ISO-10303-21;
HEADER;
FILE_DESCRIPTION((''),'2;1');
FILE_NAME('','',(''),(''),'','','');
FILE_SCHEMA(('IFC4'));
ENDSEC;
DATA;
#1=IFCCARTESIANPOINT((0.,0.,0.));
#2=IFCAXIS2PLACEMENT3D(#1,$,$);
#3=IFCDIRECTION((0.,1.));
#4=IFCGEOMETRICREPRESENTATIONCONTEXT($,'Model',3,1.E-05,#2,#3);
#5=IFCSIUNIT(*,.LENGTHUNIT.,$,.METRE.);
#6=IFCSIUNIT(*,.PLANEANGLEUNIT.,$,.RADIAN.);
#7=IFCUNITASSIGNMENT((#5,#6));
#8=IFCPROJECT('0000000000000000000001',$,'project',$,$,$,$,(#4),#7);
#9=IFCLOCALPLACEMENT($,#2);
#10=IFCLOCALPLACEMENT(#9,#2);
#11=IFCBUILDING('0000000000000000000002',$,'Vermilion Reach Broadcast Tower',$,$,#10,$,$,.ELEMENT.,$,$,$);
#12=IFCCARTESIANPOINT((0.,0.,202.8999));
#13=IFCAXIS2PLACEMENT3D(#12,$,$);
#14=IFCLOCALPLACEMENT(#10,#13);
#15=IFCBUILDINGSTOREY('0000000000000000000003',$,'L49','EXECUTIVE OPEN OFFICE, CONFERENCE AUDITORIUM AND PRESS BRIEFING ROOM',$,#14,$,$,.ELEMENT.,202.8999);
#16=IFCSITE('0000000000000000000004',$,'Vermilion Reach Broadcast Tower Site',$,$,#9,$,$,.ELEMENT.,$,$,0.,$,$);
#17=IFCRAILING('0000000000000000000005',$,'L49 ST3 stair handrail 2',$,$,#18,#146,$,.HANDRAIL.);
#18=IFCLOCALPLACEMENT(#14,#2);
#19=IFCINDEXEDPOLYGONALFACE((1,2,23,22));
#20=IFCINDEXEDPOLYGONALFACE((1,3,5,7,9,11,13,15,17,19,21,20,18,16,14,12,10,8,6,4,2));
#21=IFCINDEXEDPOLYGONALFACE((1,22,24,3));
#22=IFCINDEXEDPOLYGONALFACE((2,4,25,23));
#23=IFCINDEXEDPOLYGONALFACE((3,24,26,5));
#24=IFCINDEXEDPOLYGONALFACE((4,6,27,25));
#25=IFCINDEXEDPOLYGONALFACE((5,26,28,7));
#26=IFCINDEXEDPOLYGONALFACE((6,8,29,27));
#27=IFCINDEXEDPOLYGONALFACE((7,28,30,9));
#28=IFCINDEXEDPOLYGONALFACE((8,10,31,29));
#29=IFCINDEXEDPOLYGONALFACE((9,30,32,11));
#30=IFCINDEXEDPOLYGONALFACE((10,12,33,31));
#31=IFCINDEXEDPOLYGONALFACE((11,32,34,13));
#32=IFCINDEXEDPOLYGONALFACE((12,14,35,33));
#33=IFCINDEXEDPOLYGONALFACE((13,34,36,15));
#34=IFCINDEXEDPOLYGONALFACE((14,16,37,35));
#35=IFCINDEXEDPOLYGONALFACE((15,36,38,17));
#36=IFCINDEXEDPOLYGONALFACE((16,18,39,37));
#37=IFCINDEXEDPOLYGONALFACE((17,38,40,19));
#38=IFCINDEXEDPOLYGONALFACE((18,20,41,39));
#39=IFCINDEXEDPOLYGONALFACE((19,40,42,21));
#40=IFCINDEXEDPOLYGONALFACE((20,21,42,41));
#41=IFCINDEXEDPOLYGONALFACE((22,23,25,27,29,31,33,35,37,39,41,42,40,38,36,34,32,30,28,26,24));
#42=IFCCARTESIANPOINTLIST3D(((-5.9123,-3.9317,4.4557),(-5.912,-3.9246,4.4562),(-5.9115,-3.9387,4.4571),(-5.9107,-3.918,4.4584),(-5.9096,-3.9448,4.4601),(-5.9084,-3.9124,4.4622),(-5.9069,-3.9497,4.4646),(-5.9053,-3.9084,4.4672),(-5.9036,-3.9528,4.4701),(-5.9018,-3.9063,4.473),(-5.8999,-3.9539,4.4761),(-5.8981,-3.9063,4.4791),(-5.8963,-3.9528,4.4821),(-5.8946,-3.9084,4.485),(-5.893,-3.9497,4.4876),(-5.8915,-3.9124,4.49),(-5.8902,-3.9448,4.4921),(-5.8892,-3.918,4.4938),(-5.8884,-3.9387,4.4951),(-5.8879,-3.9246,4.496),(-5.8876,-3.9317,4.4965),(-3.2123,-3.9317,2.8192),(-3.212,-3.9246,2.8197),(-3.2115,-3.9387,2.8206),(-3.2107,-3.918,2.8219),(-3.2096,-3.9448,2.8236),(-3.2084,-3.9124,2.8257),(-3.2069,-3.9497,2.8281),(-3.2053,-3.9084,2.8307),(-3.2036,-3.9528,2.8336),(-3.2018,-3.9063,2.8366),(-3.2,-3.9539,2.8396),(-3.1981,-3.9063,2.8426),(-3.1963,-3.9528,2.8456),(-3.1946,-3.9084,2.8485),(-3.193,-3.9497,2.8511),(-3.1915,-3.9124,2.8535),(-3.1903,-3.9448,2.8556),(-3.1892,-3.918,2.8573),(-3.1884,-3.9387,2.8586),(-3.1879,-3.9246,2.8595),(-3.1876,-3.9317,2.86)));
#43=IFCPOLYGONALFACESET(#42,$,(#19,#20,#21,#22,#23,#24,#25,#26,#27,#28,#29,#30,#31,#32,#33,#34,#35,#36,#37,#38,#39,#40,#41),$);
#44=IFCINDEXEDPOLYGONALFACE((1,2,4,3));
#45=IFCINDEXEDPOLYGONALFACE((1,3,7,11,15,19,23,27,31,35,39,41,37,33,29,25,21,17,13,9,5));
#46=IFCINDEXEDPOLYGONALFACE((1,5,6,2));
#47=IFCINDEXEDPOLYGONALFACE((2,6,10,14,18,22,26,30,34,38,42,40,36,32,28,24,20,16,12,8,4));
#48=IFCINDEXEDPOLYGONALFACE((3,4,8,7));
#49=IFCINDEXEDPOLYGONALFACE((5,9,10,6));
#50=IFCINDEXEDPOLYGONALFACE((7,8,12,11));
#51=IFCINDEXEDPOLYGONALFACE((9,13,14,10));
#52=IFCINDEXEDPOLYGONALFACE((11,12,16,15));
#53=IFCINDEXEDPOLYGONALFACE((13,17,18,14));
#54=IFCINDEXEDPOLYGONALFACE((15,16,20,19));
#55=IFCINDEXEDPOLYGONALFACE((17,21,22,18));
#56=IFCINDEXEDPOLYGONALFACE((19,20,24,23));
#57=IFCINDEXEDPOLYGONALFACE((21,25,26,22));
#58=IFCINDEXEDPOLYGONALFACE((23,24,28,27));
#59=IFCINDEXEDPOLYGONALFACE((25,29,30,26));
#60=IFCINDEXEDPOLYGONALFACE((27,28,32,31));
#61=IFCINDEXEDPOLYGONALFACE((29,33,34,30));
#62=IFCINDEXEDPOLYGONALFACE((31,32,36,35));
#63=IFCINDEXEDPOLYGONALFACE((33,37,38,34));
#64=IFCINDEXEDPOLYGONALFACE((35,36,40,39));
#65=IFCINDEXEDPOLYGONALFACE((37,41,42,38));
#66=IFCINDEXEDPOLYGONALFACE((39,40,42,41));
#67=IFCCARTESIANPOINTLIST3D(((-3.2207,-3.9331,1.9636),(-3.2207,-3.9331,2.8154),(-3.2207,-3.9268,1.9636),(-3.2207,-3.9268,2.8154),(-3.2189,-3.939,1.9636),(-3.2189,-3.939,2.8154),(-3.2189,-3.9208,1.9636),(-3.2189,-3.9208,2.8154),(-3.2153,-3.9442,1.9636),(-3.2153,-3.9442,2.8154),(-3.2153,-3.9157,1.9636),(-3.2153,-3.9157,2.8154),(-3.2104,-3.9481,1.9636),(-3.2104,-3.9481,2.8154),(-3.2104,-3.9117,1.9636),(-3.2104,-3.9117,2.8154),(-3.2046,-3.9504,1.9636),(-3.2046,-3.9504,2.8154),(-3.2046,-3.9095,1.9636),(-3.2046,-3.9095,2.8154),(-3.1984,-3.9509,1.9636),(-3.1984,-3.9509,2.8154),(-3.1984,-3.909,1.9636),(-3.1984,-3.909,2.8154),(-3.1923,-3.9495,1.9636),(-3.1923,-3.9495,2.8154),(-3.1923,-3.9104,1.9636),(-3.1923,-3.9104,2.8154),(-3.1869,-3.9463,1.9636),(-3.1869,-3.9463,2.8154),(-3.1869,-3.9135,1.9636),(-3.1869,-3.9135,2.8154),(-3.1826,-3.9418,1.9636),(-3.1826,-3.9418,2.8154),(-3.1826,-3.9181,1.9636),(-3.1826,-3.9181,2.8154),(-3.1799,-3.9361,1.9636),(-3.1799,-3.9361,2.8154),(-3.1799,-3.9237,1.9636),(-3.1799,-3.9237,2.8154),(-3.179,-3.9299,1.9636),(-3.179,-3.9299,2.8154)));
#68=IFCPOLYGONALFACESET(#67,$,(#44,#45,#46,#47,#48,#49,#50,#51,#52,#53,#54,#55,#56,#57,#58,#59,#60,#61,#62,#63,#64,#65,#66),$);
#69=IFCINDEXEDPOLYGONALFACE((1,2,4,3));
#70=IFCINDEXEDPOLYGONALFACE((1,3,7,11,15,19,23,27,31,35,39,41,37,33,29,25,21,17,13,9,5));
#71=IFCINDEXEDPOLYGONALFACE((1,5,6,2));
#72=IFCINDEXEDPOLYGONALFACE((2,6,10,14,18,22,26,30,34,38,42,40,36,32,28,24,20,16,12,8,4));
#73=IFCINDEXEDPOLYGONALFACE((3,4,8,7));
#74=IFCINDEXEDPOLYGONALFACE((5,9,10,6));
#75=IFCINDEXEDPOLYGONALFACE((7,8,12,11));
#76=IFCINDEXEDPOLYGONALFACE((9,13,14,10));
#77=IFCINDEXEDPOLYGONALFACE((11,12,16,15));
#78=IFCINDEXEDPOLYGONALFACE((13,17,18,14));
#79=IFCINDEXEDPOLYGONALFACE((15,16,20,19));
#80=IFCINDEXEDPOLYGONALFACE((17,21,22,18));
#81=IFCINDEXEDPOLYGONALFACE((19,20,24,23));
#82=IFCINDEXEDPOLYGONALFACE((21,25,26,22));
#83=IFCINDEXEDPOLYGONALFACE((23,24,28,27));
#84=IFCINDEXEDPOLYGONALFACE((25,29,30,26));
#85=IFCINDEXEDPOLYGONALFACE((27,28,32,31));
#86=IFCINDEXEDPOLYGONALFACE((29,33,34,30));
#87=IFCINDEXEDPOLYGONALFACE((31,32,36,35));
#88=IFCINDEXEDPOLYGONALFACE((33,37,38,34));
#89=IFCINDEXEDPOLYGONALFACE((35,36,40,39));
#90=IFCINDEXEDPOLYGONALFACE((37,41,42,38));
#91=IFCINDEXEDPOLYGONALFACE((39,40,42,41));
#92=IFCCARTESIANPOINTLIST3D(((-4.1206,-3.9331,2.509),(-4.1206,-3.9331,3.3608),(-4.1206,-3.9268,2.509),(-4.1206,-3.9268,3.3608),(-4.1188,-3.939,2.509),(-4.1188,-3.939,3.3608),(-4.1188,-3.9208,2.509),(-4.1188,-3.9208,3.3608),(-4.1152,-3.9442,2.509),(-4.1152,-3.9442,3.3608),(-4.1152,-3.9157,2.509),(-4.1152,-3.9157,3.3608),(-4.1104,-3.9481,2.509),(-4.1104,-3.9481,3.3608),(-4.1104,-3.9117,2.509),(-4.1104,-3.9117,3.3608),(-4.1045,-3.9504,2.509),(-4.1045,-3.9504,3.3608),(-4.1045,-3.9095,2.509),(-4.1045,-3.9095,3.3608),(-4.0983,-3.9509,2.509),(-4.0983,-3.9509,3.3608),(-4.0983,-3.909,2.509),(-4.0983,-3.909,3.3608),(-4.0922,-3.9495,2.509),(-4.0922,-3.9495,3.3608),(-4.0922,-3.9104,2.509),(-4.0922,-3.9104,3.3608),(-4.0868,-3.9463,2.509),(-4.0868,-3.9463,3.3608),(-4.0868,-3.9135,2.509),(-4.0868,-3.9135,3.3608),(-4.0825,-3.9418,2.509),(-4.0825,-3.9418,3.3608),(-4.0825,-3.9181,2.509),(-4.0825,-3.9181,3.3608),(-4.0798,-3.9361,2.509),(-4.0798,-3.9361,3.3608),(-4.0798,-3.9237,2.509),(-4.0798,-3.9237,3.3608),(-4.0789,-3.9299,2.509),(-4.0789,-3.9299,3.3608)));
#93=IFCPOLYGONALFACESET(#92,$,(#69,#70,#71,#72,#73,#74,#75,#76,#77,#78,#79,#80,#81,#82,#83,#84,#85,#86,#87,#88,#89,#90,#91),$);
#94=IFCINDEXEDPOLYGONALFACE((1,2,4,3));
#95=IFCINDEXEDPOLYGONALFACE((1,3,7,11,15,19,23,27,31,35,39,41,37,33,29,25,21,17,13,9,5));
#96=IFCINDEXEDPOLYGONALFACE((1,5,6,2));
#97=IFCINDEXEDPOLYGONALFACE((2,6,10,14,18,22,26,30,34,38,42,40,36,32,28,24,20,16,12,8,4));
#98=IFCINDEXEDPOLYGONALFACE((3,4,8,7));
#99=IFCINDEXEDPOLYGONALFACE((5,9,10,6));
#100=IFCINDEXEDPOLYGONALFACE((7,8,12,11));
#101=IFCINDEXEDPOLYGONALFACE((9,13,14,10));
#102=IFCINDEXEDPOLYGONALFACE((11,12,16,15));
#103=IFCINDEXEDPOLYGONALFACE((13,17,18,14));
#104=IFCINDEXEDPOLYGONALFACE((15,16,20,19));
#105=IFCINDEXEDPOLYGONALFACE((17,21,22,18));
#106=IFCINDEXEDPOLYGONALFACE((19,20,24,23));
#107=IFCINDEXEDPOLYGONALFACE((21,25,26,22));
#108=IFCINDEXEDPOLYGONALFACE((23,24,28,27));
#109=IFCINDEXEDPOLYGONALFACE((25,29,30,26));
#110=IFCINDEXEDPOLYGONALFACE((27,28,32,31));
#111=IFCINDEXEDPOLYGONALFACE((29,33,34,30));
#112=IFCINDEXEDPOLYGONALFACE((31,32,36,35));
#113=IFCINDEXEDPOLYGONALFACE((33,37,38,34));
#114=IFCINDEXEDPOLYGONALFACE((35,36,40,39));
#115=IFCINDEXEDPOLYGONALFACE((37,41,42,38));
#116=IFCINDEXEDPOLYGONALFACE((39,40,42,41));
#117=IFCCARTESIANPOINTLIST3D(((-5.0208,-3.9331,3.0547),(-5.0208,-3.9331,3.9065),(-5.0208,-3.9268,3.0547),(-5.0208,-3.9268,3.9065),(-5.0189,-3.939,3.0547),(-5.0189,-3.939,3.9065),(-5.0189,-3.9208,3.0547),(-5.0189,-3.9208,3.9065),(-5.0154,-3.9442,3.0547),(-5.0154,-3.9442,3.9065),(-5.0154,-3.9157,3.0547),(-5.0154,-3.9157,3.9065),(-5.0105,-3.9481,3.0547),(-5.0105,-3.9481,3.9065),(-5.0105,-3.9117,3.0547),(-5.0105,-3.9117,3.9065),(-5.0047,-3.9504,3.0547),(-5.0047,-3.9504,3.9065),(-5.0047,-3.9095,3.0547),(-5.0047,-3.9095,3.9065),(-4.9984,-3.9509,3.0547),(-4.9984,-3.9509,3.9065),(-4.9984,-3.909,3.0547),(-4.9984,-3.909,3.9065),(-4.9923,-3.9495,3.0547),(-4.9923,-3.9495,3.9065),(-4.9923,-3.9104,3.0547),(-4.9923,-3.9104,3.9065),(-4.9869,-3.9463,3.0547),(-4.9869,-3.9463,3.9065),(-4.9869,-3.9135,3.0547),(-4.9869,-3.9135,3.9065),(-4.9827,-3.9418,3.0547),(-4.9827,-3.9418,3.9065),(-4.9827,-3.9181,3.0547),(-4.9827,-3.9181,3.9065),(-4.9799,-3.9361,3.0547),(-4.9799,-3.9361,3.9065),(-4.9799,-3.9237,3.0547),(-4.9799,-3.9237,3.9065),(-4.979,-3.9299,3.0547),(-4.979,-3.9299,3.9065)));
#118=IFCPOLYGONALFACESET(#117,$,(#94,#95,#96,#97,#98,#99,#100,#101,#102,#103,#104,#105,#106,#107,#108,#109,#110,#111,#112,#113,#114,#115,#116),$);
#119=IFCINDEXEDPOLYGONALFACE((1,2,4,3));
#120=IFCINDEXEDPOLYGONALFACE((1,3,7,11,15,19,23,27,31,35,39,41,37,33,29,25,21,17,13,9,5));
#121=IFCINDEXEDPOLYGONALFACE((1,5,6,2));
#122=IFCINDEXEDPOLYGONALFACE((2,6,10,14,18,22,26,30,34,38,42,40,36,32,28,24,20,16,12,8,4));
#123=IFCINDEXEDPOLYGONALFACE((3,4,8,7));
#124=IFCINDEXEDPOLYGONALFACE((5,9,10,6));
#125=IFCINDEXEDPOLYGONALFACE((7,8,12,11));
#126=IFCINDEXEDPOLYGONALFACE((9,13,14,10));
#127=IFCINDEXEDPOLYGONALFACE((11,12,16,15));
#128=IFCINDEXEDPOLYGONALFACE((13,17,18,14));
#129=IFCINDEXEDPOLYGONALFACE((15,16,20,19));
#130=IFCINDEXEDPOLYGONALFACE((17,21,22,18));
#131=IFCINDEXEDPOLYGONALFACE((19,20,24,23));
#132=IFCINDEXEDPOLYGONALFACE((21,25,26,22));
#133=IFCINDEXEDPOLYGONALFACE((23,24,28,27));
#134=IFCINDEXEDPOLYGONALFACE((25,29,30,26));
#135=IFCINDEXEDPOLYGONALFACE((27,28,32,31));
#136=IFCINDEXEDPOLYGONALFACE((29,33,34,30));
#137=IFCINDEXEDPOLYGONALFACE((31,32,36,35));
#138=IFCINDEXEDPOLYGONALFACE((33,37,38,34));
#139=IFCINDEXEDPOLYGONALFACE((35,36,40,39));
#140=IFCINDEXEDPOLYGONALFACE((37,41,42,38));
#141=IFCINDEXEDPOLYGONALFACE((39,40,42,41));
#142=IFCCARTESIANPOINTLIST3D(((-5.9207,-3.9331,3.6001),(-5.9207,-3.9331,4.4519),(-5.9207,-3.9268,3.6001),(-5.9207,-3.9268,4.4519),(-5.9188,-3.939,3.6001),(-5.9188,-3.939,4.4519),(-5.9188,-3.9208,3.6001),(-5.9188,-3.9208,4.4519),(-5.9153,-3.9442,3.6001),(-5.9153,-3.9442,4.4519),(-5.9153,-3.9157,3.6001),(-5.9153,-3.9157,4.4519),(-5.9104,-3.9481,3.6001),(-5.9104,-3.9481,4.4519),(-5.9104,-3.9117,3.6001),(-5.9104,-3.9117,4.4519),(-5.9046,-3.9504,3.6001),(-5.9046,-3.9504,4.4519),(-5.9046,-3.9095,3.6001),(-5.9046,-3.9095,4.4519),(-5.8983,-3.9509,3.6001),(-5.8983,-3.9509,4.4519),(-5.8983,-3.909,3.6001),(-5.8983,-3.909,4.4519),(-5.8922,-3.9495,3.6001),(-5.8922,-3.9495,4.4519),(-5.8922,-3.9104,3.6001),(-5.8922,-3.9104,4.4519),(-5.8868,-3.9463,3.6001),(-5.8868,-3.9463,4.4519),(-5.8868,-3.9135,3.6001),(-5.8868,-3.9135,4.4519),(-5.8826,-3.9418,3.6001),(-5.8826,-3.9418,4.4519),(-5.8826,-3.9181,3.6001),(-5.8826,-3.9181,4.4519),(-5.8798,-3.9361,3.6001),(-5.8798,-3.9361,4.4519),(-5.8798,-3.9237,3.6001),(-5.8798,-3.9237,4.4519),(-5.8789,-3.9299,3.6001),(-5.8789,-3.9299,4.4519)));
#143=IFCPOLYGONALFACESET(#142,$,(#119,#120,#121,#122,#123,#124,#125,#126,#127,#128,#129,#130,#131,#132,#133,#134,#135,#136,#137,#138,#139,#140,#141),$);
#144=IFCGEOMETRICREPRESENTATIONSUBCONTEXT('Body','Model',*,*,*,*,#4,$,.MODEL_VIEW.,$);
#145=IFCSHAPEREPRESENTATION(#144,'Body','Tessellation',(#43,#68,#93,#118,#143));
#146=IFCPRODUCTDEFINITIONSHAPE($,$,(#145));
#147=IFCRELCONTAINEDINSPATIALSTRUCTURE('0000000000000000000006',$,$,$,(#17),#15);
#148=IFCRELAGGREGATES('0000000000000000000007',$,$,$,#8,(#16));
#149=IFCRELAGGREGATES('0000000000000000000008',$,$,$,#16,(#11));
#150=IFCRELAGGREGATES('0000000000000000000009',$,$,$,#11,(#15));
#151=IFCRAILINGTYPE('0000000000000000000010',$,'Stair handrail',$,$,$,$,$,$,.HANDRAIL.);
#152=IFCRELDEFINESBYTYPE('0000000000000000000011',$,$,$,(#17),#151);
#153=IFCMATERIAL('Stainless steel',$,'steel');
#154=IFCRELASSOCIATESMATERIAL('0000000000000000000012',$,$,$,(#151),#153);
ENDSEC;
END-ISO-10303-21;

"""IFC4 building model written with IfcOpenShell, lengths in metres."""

from ifc_helpers import new_model, si_unit, direction, frame, origin, origin_2d, place, context, subcontext, project, spatial, circle, extrude, material, type_object, element, save


model = new_model("IFC4")

# Units and contexts
model_context = context("Model", 3, precision=1e-05, world=origin(), true_north=direction((0.0, 1.0)))
body_context = subcontext(model_context, "Body", "Model", "MODEL_VIEW")
ifc_project = project(units=[si_unit("LENGTHUNIT", "METRE"), si_unit("PLANEANGLEUNIT", "RADIAN")], contexts=[model_context])

# Site, building, storey
site_placement = place(None, origin())
site = spatial("IfcSite", under=ifc_project, at=site_placement, Name="Vermilion Reach Broadcast Tower Site", CompositionType="ELEMENT", RefElevation=0.0)
building_placement = place(site_placement, origin())
building = spatial("IfcBuilding", under=site, at=building_placement, Name="Vermilion Reach Broadcast Tower", CompositionType="ELEMENT")
storey_placement = place(building_placement, frame((0.0, 0.0, 202.8999)))
storey = spatial("IfcBuildingStorey", under=building, at=storey_placement, Name="L49", Description="EXECUTIVE OPEN OFFICE, CONFERENCE AUDITORIUM AND PRESS BRIEFING ROOM", CompositionType="ELEMENT", Elevation=202.8999)

# Railing
ifc_material_1 = material(Name="Stainless steel", Category="steel")
railing_type_1 = type_object("IfcRailingType", Name="Stair handrail", PredefinedType="HANDRAIL", material=ifc_material_1)
railing_1_placement = place(storey_placement, frame((-3.2, -3.9299, 1.9636)))
element("IfcRailing", 1, at=railing_1_placement, inside=storey, type_object=railing_type_1, Name="L49 ST3 stair handrail 2", PredefinedType="HANDRAIL", context=body_context, shape_type="SweptSolid", body=[
    extrude(circle(Radius=0.0239, at=origin_2d()), frame((0.0, 0.0, 0.876), z_axis=(-0.855178, 0.0, 0.518334), x_axis=(0.0, -1.0, 0.0)), (0.0, 0.0, 1.0), 3.1572),
    extrude(circle(Radius=0.021, at=origin_2d()), origin(), (0.0, 0.0, 1.0), 0.8518),
    extrude(circle(Radius=0.021, at=origin_2d()), frame((-0.8999, 0.0, 0.5454)), (0.0, 0.0, 1.0), 0.8518),
    extrude(circle(Radius=0.021, at=origin_2d()), frame((-1.8, 0.0, 1.0911)), (0.0, 0.0, 1.0), 0.8518),
    extrude(circle(Radius=0.021, at=origin_2d()), frame((-2.7, 0.0, 1.6365)), (0.0, 0.0, 1.0), 0.8518),
])

save(model, "model.ifc")
